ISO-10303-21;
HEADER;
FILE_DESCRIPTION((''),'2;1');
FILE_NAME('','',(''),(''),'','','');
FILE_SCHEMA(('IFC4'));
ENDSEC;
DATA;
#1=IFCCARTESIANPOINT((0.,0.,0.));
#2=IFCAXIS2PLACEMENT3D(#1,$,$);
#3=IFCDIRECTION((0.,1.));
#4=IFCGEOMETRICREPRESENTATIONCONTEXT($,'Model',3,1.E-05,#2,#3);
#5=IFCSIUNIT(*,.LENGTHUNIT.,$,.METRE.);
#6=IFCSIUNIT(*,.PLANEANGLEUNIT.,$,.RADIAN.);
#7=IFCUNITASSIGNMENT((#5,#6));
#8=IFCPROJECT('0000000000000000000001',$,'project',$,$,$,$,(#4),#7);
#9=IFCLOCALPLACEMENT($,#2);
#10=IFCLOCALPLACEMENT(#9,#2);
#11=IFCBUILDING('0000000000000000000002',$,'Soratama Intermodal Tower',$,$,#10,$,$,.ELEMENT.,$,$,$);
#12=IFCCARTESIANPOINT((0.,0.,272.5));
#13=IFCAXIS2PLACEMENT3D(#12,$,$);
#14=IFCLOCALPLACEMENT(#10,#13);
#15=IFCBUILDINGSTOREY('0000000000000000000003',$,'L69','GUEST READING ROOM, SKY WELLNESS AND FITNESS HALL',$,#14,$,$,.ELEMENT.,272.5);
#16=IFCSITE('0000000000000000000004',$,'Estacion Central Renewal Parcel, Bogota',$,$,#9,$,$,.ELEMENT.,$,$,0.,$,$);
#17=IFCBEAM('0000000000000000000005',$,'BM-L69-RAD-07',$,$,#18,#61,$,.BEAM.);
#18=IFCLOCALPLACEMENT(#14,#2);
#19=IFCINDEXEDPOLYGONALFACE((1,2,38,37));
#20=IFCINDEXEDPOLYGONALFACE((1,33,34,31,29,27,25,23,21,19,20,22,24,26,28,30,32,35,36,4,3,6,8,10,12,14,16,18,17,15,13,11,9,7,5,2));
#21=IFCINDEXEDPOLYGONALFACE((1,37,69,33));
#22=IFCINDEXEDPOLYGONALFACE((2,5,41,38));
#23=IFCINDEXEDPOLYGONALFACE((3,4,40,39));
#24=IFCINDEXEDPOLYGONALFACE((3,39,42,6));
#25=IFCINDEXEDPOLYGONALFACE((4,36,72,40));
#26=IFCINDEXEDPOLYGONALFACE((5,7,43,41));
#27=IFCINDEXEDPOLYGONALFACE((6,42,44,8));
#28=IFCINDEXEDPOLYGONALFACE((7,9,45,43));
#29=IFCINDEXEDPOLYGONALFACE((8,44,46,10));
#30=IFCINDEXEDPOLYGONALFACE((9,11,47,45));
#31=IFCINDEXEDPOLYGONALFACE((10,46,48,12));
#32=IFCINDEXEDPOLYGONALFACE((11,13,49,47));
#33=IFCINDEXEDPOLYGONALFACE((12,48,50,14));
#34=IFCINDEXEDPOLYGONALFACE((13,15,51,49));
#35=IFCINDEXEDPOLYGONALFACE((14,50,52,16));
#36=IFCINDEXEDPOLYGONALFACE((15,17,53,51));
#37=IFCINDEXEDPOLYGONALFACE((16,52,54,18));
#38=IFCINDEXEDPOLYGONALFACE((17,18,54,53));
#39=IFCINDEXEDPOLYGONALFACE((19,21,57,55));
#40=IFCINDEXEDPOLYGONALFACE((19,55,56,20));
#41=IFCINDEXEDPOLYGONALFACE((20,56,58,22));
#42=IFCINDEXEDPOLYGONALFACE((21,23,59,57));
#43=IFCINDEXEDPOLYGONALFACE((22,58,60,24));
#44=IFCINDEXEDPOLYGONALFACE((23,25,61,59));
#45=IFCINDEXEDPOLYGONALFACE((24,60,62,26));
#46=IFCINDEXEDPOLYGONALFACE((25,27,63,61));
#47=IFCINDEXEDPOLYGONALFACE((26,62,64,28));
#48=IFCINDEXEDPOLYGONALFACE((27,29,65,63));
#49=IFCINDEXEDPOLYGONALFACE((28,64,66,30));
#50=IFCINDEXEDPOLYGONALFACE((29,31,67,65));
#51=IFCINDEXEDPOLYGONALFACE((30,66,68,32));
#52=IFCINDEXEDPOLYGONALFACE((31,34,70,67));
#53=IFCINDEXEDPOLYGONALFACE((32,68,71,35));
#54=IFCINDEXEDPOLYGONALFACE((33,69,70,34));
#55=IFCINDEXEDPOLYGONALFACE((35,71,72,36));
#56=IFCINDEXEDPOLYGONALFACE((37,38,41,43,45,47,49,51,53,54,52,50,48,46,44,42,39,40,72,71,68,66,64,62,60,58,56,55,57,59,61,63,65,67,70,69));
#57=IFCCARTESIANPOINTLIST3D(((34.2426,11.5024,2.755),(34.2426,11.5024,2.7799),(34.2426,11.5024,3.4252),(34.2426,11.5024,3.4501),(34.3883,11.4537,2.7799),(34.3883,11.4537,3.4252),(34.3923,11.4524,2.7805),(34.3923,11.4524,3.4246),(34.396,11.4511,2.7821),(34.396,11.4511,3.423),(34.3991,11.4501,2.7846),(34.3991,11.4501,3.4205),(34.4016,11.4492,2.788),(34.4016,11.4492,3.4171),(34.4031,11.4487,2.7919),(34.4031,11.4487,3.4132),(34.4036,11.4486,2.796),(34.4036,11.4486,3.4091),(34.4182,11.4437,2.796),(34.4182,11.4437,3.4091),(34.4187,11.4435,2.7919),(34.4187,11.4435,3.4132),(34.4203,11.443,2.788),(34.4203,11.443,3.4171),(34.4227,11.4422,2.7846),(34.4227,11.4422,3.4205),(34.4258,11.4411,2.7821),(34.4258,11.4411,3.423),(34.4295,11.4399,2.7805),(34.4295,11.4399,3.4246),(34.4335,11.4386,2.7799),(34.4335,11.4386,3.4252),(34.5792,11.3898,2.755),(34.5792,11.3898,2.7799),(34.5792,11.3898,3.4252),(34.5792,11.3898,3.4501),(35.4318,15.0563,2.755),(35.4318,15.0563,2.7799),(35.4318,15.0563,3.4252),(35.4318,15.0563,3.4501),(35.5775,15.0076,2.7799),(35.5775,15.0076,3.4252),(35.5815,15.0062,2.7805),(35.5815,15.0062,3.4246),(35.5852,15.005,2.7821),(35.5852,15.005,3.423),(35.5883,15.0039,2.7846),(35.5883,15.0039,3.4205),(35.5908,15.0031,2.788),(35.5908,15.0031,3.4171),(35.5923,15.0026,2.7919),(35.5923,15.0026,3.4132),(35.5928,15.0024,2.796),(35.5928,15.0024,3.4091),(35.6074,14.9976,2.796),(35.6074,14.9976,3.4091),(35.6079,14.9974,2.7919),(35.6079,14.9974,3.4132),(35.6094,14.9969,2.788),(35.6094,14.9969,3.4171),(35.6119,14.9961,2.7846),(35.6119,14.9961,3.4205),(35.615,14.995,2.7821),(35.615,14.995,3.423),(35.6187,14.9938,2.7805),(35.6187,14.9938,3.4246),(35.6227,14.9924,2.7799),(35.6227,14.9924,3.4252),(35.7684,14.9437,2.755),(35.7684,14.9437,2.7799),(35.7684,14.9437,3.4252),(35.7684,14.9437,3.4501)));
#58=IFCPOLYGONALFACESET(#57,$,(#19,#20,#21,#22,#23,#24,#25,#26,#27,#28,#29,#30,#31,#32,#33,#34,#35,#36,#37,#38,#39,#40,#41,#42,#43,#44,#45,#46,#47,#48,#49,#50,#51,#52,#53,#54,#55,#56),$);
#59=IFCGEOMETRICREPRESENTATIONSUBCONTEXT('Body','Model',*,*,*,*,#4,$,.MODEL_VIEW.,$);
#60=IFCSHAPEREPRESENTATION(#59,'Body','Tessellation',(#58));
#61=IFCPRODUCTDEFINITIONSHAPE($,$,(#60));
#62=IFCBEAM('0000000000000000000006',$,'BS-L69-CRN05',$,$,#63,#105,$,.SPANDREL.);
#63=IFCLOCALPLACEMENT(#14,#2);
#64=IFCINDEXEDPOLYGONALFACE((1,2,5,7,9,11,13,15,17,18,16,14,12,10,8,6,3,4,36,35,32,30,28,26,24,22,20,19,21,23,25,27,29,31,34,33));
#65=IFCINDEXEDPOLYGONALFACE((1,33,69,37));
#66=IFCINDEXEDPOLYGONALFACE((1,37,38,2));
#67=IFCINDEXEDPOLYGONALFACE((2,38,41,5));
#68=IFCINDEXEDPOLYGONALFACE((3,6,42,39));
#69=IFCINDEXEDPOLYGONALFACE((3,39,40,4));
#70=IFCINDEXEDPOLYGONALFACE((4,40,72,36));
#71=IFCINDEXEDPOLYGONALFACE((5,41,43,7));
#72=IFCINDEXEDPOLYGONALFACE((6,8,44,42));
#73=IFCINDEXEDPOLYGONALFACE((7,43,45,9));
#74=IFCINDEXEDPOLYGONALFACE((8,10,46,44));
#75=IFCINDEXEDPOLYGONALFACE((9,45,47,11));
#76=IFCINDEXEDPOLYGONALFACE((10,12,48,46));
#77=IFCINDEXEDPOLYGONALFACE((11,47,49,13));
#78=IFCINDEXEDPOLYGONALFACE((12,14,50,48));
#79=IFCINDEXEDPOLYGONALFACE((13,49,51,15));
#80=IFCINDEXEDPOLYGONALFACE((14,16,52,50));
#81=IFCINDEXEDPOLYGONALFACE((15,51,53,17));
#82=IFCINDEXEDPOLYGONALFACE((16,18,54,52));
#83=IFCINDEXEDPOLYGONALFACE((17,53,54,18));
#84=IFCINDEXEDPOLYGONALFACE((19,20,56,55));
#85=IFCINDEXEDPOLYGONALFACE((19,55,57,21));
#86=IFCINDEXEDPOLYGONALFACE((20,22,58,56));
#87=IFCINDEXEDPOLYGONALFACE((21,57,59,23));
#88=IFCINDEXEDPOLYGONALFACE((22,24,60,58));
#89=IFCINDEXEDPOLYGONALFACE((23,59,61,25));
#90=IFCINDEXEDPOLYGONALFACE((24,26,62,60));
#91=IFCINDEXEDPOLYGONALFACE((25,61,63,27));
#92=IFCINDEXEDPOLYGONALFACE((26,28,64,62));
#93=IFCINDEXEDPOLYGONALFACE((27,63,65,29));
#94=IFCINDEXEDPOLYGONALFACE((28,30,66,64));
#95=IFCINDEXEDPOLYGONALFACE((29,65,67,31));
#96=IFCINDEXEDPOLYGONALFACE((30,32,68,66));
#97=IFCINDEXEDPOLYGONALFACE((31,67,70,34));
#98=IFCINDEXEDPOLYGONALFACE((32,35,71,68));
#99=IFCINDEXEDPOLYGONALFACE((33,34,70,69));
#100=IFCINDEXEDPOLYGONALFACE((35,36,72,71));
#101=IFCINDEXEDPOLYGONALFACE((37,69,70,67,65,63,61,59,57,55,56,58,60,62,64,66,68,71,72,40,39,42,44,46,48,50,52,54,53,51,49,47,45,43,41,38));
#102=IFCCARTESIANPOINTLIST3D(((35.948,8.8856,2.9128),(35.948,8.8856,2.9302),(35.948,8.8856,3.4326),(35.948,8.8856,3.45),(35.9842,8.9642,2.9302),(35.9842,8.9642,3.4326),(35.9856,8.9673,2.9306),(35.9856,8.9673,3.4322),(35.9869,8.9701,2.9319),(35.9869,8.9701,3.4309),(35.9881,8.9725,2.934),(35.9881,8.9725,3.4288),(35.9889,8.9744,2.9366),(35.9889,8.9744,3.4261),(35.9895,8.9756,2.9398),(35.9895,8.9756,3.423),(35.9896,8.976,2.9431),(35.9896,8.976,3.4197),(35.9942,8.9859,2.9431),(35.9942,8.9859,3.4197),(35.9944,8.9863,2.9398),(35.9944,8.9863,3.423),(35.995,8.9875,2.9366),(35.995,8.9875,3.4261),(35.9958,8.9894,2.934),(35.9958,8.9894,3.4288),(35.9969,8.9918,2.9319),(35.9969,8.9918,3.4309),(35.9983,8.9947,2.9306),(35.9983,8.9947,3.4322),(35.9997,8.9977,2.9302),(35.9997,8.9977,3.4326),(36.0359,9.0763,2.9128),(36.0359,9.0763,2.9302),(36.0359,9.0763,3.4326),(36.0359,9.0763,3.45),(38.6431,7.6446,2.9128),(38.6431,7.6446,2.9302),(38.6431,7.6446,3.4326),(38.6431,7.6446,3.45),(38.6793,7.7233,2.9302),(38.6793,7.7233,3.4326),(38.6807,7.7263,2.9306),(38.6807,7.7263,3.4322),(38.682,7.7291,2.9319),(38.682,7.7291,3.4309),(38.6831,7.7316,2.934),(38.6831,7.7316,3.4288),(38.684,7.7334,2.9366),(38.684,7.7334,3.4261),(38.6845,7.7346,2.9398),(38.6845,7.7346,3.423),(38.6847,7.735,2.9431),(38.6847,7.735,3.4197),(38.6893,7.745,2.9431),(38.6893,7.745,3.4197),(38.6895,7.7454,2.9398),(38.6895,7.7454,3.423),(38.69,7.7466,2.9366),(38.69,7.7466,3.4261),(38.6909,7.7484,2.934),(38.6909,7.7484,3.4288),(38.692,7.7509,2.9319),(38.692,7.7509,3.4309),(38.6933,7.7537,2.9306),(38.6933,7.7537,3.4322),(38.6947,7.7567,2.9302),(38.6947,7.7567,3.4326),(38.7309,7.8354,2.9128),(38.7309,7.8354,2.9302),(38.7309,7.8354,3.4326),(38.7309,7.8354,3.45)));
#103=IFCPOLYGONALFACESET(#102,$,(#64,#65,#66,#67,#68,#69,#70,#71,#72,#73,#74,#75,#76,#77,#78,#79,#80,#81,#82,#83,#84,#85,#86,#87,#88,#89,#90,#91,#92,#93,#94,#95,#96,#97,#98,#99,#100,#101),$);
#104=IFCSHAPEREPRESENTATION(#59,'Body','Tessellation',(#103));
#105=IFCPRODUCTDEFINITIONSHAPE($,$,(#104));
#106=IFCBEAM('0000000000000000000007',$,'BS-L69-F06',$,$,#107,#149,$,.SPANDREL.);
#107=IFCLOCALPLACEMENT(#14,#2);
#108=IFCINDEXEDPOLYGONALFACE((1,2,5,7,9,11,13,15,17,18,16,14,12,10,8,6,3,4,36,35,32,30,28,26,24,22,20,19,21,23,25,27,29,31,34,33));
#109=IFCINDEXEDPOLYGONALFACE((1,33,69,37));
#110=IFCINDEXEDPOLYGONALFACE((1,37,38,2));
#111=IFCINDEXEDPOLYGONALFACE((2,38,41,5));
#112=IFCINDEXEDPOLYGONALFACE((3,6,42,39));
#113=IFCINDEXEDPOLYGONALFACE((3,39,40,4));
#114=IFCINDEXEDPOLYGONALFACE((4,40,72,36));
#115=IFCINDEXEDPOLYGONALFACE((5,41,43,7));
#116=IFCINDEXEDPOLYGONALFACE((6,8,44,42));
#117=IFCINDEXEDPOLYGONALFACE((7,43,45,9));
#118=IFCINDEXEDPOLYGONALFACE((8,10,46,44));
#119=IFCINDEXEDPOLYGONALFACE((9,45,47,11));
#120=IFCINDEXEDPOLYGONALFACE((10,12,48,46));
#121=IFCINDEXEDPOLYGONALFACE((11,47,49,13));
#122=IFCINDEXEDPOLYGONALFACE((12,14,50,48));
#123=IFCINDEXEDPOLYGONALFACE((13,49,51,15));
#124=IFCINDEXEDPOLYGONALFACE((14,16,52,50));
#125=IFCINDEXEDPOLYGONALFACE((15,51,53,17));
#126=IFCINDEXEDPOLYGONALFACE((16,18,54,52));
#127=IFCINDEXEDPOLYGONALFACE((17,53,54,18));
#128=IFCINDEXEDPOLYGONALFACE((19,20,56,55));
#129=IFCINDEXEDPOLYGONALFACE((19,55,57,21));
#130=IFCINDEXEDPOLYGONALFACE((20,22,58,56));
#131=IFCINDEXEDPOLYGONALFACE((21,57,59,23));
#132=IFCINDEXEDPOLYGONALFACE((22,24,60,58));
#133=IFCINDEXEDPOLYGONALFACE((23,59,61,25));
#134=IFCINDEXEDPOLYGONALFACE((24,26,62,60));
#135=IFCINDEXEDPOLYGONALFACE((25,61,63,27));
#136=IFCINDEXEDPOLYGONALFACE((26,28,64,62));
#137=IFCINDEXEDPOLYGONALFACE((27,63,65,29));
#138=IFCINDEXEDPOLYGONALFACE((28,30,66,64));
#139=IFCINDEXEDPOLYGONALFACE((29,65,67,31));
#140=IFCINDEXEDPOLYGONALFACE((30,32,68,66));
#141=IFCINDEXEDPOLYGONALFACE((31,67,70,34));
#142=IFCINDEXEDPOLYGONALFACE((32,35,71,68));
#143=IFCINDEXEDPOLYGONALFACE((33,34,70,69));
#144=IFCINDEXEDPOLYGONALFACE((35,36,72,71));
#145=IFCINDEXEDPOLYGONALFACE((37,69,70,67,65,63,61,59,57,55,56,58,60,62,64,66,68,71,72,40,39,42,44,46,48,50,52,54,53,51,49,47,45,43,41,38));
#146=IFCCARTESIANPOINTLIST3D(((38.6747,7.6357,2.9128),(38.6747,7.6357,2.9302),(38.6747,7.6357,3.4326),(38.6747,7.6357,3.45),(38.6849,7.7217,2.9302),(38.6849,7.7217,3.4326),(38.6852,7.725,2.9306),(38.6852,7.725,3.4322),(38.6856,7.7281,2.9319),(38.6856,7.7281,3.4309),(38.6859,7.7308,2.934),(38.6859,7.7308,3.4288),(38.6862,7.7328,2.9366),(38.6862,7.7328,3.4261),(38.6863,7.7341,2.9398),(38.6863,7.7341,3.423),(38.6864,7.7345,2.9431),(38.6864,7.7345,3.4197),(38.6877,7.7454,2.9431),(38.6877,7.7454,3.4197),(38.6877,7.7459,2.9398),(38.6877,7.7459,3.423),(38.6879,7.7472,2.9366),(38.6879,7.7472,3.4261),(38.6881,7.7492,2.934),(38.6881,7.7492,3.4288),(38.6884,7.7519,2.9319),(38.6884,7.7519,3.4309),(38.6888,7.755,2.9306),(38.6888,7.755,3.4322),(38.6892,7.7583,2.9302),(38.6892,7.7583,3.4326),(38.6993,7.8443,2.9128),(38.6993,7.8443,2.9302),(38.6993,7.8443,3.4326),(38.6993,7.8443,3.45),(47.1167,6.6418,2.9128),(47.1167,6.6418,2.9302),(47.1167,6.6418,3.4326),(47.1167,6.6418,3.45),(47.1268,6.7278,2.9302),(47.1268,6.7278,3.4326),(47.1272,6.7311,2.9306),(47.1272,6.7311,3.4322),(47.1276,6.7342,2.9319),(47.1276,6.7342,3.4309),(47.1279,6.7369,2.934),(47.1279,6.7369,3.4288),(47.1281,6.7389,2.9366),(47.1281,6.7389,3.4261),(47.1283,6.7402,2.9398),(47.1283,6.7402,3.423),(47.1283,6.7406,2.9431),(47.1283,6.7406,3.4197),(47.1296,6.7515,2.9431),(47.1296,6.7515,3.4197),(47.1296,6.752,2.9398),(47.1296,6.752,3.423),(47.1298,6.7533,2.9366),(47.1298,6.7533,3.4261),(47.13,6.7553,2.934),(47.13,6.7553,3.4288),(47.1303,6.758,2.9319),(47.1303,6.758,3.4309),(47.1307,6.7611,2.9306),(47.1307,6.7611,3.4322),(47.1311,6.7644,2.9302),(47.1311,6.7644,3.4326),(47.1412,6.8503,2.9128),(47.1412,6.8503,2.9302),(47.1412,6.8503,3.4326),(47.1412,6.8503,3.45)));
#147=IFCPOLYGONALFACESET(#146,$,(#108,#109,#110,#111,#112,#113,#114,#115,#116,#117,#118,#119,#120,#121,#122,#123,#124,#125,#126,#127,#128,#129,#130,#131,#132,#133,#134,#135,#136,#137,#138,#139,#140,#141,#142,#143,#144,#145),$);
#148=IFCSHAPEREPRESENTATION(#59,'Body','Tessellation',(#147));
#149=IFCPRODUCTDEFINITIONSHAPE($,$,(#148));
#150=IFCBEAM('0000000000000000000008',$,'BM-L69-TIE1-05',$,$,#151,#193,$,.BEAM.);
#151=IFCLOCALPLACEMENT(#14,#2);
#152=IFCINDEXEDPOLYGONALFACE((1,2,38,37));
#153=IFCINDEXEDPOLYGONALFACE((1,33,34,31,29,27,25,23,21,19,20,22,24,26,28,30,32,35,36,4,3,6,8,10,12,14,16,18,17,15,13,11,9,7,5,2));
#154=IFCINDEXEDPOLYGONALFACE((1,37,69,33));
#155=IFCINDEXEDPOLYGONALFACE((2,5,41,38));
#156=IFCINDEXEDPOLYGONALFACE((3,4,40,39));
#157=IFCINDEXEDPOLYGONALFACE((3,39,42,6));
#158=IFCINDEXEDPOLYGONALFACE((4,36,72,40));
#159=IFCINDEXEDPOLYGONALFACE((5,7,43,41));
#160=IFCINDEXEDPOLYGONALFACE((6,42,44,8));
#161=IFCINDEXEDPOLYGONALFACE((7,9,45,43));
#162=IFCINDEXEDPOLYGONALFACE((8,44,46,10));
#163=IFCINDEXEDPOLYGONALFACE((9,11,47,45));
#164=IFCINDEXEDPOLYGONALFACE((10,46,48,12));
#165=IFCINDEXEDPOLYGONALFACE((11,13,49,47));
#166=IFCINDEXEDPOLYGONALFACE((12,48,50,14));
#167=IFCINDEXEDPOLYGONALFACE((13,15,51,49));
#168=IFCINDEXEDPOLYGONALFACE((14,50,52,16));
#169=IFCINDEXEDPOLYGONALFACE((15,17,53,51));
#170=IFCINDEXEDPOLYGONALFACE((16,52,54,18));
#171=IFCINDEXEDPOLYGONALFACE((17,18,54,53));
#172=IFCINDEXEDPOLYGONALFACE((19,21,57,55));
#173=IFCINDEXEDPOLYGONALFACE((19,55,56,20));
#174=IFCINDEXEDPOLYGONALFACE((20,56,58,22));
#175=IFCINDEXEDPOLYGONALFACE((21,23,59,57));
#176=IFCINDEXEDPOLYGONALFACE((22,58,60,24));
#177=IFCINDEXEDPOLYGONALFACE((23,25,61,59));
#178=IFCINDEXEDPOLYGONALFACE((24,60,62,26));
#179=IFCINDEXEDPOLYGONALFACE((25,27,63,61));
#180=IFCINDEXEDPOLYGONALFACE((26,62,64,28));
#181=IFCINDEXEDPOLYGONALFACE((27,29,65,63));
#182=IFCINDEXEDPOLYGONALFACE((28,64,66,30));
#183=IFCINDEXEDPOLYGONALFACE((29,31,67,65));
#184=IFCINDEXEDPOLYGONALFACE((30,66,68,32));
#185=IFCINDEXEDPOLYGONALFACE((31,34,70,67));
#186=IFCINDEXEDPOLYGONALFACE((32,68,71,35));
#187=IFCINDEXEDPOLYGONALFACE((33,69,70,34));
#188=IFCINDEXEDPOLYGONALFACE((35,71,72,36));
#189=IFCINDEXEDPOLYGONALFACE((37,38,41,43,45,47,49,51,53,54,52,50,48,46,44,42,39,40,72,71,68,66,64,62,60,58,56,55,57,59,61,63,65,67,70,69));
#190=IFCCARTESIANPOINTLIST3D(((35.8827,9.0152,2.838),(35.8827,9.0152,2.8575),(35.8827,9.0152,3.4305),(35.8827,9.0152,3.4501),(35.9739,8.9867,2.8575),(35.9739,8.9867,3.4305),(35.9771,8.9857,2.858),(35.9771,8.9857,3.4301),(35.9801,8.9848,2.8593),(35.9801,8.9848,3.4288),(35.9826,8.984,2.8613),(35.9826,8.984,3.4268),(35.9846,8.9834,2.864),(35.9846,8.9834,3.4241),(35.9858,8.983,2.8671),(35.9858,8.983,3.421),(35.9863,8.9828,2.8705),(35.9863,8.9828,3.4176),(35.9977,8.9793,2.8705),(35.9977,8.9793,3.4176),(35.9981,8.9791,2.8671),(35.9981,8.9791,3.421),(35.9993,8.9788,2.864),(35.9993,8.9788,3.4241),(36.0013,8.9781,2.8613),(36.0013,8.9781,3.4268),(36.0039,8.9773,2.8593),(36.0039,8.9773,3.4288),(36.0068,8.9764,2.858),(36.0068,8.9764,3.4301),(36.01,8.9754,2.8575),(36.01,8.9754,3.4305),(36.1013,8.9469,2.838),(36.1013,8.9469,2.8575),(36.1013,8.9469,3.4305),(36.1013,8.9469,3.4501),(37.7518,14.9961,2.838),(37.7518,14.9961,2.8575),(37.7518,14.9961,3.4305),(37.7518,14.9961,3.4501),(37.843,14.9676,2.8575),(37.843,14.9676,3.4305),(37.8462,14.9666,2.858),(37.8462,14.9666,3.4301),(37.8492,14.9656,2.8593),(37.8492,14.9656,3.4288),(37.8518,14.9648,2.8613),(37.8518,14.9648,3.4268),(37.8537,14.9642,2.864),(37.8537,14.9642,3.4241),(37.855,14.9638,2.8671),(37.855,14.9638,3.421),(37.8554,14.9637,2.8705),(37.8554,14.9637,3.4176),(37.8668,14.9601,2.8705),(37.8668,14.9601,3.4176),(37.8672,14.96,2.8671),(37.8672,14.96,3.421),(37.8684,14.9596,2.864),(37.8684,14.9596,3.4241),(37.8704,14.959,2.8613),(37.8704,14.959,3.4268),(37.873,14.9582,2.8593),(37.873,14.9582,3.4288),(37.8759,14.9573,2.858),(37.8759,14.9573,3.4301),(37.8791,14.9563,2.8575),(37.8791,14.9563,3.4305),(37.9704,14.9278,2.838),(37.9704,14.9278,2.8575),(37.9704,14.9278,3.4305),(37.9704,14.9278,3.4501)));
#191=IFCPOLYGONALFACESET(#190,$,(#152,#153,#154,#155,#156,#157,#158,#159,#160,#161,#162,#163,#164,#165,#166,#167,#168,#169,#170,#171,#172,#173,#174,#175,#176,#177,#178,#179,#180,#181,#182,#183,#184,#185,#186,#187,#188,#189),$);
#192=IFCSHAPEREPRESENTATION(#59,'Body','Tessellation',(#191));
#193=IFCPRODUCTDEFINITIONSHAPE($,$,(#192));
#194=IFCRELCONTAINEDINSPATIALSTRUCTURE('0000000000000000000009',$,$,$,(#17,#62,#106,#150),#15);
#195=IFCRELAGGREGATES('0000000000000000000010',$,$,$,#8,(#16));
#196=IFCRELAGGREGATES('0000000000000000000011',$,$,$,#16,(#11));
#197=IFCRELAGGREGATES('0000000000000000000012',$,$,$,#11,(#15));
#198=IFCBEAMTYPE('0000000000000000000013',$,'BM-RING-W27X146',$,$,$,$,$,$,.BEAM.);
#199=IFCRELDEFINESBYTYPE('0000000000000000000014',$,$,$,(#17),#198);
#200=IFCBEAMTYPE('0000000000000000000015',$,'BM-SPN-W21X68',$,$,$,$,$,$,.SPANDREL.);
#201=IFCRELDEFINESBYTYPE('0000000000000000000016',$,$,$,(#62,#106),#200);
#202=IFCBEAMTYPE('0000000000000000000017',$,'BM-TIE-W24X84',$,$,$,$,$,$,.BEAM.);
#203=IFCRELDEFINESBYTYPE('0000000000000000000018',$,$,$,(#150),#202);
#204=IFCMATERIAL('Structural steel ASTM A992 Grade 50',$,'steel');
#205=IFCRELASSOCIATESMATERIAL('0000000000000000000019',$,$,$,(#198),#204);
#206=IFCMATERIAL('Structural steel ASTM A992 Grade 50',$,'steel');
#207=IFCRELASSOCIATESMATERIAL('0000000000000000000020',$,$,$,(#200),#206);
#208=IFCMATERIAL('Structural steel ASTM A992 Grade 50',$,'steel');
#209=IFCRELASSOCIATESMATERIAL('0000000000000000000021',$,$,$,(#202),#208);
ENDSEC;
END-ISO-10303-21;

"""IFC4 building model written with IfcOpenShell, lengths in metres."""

from ifc_helpers import new_model, si_unit, direction, frame, origin, origin_2d, place, context, subcontext, project, spatial, i_section, extrude, material, material_profile, profile_set, type_object, element, save


model = new_model("IFC4")

# Units and contexts
model_context = context("Model", 3, precision=1e-05, world=origin(), true_north=direction((0.0, 1.0)))
body_context = subcontext(model_context, "Body", "Model", "MODEL_VIEW")
ifc_project = project(units=[si_unit("LENGTHUNIT", "METRE"), si_unit("PLANEANGLEUNIT", "RADIAN")], contexts=[model_context])

# Site, building, storey
site_placement = place(None, origin())
site = spatial("IfcSite", under=ifc_project, at=site_placement, Name="Estacion Central Renewal Parcel, Bogota", CompositionType="ELEMENT", RefElevation=0.0)
building_placement = place(site_placement, origin())
building = spatial("IfcBuilding", under=site, at=building_placement, Name="Soratama Intermodal Tower", CompositionType="ELEMENT")
storey_placement = place(building_placement, frame((0.0, 0.0, 272.5)))
storey = spatial("IfcBuildingStorey", under=building, at=storey_placement, Name="L69", Description="GUEST READING ROOM, SKY WELLNESS AND FITNESS HALL", CompositionType="ELEMENT", Elevation=272.5)

# Beams
ifc_material_1 = material(Name="Structural steel ASTM A992 Grade 50", Category="steel")
ifc_material_profile_1 = material_profile(ifc_material_1, i_section(OverallWidth=0.355, OverallDepth=0.6951, WebThickness=0.0154, FlangeThickness=0.0249, FilletRadius=0.0161, at=origin_2d()), Name="W27X146")
ifc_profile_set_1 = profile_set([ifc_material_profile_1], Name="Structural steel ASTM A992 Grade 50")
beam_type_1 = type_object("IfcBeamType", Name="BM-RING-W27X146", PredefinedType="BEAM", material=ifc_profile_set_1)
beam_1_placement = place(storey_placement, frame((35.6001, 15.0, 3.1025), z_axis=(-0.317322, -0.948318, 0.0), x_axis=(0.948318, -0.317322, 0.0)))
element("IfcBeam", 1, at=beam_1_placement, inside=storey, type_object=beam_type_1, Name="BM-L69-RAD-07", PredefinedType="BEAM", context=body_context, shape_type="SweptSolid", body=[
    extrude(i_section(OverallWidth=0.355, OverallDepth=0.6951, WebThickness=0.0154, FlangeThickness=0.0249, FilletRadius=0.0161, at=origin_2d()), origin(), (0.0, 0.0, 1.0), 3.7476),
])
ifc_material_2 = material(Name="Structural steel ASTM A992 Grade 50", Category="steel")
ifc_material_profile_2 = material_profile(ifc_material_2, i_section(OverallWidth=0.21, OverallDepth=0.5371, WebThickness=0.011, FlangeThickness=0.0173, FilletRadius=0.0129, at=origin_2d()), Name="W21X68")
ifc_profile_set_2 = profile_set([ifc_material_profile_2], Name="Structural steel ASTM A992 Grade 50")
beam_type_2 = type_object("IfcBeamType", Name="BM-SPN-W21X68", PredefinedType="SPANDREL", material=ifc_profile_set_2)
beam_2_placement = place(storey_placement, frame((35.9919, 8.981, 3.1814), z_axis=(0.908332, -0.418249, 0.0), x_axis=(0.418249, 0.908332, 0.0)))
element("IfcBeam", 2, at=beam_2_placement, inside=storey, type_object=beam_type_2, Name="BS-L69-CRN05", PredefinedType="SPANDREL", context=body_context, shape_type="SweptSolid", body=[
    extrude(i_section(OverallWidth=0.21, OverallDepth=0.5371, WebThickness=0.011, FlangeThickness=0.0173, FilletRadius=0.0129, at=origin_2d()), origin(), (0.0, 0.0, 1.0), 2.967),
])
beam_3_placement = place(storey_placement, frame((38.687, 7.74, 3.1814), z_axis=(0.993141, -0.116926, 0.0), x_axis=(0.116926, 0.993141, 0.0)))
element("IfcBeam", 3, at=beam_3_placement, inside=storey, type_object=beam_type_2, Name="BS-L69-F06", PredefinedType="SPANDREL", context=body_context, shape_type="SweptSolid", body=[
    extrude(i_section(OverallWidth=0.21, OverallDepth=0.5371, WebThickness=0.011, FlangeThickness=0.0173, FilletRadius=0.0129, at=origin_2d()), origin(), (0.0, 0.0, 1.0), 8.5002),
])
ifc_material_3 = material(Name="Structural steel ASTM A992 Grade 50", Category="steel")
ifc_material_profile_3 = material_profile(ifc_material_3, i_section(OverallWidth=0.229, OverallDepth=0.6121, WebThickness=0.012, FlangeThickness=0.0195, FilletRadius=0.0129, at=origin_2d()), Name="W24X84")
ifc_profile_set_3 = profile_set([ifc_material_profile_3], Name="Structural steel ASTM A992 Grade 50")
beam_type_3 = type_object("IfcBeamType", Name="BM-TIE-W24X84", PredefinedType="BEAM", material=ifc_profile_set_3)
beam_4_placement = place(storey_placement, frame((37.8611, 14.9619, 3.144), z_axis=(-0.298288, -0.954476, 0.0), x_axis=(0.954476, -0.298288, 0.0)))
element("IfcBeam", 4, at=beam_4_placement, inside=storey, type_object=beam_type_3, Name="BM-L69-TIE1-05", PredefinedType="BEAM", context=body_context, shape_type="SweptSolid", body=[
    extrude(i_section(OverallWidth=0.229, OverallDepth=0.6121, WebThickness=0.012, FlangeThickness=0.0195, FilletRadius=0.0129, at=origin_2d()), origin(), (0.0, 0.0, 1.0), 6.2661),
])

save(model, "model.ifc")
